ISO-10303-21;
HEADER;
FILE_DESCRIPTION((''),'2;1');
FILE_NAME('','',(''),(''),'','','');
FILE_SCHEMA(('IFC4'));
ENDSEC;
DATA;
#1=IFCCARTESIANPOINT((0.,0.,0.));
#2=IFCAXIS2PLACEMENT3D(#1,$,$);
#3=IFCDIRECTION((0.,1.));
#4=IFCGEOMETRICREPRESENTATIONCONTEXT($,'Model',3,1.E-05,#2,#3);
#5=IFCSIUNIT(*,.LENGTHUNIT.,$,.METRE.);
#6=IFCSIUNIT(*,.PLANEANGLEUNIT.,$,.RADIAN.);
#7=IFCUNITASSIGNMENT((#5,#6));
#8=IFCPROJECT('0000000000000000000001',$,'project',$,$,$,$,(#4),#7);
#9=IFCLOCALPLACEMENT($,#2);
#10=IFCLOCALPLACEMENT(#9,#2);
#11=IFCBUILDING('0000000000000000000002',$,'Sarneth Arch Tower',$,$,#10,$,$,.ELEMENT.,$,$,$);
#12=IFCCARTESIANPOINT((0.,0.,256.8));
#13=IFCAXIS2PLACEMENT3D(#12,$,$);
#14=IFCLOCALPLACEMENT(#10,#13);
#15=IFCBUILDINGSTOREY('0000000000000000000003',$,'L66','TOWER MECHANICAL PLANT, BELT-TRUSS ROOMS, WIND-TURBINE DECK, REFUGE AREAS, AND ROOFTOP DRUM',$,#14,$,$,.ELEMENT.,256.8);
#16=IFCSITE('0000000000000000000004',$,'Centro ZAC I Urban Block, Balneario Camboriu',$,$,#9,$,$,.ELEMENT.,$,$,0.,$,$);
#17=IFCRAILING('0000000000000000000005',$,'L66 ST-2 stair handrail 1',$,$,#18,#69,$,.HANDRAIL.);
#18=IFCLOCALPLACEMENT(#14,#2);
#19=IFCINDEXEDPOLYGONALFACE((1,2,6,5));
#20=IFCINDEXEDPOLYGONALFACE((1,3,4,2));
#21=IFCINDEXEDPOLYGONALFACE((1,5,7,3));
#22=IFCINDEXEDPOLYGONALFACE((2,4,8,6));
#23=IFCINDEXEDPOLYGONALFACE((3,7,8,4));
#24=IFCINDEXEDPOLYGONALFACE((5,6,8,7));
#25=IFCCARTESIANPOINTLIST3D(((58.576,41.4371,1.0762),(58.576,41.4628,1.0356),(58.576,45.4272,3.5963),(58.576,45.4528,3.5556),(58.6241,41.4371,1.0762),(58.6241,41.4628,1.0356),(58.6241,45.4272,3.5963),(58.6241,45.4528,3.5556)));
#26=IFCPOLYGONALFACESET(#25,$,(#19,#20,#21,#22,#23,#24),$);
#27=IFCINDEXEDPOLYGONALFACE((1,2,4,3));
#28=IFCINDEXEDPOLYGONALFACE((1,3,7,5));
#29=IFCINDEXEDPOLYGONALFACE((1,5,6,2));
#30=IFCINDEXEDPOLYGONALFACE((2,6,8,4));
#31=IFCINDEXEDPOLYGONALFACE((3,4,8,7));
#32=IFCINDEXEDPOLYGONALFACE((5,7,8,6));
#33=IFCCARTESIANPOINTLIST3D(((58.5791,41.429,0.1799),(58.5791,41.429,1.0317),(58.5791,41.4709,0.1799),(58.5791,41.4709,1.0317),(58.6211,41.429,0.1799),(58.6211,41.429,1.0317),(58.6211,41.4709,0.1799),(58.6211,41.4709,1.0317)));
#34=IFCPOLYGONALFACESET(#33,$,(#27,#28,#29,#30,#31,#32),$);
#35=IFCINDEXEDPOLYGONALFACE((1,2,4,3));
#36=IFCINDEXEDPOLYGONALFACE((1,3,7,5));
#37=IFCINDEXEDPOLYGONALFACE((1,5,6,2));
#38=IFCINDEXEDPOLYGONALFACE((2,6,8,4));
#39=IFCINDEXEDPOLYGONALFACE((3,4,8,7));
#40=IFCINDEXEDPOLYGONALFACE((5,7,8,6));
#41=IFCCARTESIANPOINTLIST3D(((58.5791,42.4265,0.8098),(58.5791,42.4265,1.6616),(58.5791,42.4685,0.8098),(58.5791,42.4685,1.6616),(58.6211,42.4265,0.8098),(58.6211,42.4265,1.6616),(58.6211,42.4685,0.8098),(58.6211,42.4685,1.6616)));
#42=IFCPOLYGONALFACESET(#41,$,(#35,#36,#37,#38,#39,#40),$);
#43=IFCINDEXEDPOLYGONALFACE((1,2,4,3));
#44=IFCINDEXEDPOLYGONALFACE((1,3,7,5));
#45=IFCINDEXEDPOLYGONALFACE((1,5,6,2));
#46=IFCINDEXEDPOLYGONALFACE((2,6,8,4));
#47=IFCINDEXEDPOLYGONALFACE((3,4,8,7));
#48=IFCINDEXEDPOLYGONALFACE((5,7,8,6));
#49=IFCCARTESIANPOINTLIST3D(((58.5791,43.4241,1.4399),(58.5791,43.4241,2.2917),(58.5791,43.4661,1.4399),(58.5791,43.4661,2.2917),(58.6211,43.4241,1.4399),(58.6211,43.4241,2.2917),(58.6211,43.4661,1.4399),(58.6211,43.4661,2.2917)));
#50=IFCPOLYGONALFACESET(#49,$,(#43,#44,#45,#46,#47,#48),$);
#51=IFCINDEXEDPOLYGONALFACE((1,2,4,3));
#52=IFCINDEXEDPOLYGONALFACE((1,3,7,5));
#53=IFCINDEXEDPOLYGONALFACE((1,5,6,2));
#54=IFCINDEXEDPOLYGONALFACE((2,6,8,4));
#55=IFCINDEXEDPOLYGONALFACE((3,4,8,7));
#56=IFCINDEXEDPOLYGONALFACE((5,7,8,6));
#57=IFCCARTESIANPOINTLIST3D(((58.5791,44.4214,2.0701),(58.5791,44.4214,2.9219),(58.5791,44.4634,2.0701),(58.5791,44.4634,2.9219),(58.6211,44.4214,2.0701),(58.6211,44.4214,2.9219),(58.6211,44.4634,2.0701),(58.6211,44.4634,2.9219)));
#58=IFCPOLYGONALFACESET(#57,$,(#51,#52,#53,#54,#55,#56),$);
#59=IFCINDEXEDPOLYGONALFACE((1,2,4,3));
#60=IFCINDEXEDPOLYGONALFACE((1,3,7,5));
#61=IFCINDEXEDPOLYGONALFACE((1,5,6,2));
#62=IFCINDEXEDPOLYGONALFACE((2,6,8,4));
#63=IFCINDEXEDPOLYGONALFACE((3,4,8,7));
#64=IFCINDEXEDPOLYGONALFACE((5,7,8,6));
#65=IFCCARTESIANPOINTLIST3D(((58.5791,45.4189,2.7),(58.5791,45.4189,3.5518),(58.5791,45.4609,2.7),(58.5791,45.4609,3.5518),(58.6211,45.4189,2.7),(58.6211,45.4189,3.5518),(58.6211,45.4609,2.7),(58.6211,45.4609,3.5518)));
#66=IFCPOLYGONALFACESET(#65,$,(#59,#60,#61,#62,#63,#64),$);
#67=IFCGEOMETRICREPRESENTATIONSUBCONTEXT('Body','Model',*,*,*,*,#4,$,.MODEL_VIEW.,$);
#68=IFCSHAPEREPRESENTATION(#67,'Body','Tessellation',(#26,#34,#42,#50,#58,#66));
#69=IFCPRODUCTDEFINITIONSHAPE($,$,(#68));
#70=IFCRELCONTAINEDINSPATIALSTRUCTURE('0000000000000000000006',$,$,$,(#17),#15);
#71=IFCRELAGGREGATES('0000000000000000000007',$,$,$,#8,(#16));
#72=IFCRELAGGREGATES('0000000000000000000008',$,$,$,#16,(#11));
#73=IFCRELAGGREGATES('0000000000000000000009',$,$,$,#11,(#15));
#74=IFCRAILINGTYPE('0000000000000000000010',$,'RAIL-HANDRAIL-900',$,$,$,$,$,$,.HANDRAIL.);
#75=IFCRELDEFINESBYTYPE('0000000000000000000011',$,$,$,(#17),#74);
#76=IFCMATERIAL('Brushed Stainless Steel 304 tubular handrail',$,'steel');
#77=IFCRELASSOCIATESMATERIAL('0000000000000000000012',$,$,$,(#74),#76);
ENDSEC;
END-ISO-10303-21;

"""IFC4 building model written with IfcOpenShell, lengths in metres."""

from ifc_helpers import new_model, si_unit, direction, frame, origin, origin_2d, place, context, subcontext, project, spatial, rectangle, extrude, material, type_object, element, save


model = new_model("IFC4")

# Units and contexts
model_context = context("Model", 3, precision=1e-05, world=origin(), true_north=direction((0.0, 1.0)))
body_context = subcontext(model_context, "Body", "Model", "MODEL_VIEW")
ifc_project = project(units=[si_unit("LENGTHUNIT", "METRE"), si_unit("PLANEANGLEUNIT", "RADIAN")], contexts=[model_context])

# Site, building, storey
site_placement = place(None, origin())
site = spatial("IfcSite", under=ifc_project, at=site_placement, Name="Centro ZAC I Urban Block, Balneario Camboriu", CompositionType="ELEMENT", RefElevation=0.0)
building_placement = place(site_placement, origin())
building = spatial("IfcBuilding", under=site, at=building_placement, Name="Sarneth Arch Tower", CompositionType="ELEMENT")
storey_placement = place(building_placement, frame((0.0, 0.0, 256.8)))
storey = spatial("IfcBuildingStorey", under=building, at=storey_placement, Name="L66", Description="TOWER MECHANICAL PLANT, BELT-TRUSS ROOMS, WIND-TURBINE DECK, REFUGE AREAS, AND ROOFTOP DRUM", CompositionType="ELEMENT", Elevation=256.8)

# Railing
ifc_material_1 = material(Name="Brushed Stainless Steel 304 tubular handrail", Category="steel")
railing_type = type_object("IfcRailingType", Name="RAIL-HANDRAIL-900", PredefinedType="HANDRAIL", material=ifc_material_1)
railing_placement = place(storey_placement, frame((58.6001, 41.45, 0.1799)))
element("IfcRailing", 1, at=railing_placement, inside=storey, type_object=railing_type, Name="L66 ST-2 stair handrail 1", PredefinedType="HANDRAIL", context=body_context, shape_type="SweptSolid", body=[
    extrude(rectangle(XDim=0.0481, YDim=0.0481, at=origin_2d()), frame((0.0, 0.0, 0.876), z_axis=(0.0, 0.845486, 0.533997), x_axis=(-1.0, 0.0, 0.0)), (0.0, 0.0, 1.0), 4.7192),
    extrude(rectangle(XDim=0.042, YDim=0.042, at=origin_2d()), origin(), (0.0, 0.0, 1.0), 0.8518),
    extrude(rectangle(XDim=0.042, YDim=0.042, at=origin_2d()), frame((0.0, 0.9976, 0.6299)), (0.0, 0.0, 1.0), 0.8518),
    extrude(rectangle(XDim=0.042, YDim=0.042, at=origin_2d()), frame((0.0, 1.9951, 1.26)), (0.0, 0.0, 1.0), 0.8518),
    extrude(rectangle(XDim=0.042, YDim=0.042, at=origin_2d()), frame((0.0, 2.9924, 1.8901)), (0.0, 0.0, 1.0), 0.8518),
    extrude(rectangle(XDim=0.042, YDim=0.042, at=origin_2d()), frame((0.0, 3.99, 2.52)), (0.0, 0.0, 1.0), 0.8518),
])

save(model, "model.ifc")
